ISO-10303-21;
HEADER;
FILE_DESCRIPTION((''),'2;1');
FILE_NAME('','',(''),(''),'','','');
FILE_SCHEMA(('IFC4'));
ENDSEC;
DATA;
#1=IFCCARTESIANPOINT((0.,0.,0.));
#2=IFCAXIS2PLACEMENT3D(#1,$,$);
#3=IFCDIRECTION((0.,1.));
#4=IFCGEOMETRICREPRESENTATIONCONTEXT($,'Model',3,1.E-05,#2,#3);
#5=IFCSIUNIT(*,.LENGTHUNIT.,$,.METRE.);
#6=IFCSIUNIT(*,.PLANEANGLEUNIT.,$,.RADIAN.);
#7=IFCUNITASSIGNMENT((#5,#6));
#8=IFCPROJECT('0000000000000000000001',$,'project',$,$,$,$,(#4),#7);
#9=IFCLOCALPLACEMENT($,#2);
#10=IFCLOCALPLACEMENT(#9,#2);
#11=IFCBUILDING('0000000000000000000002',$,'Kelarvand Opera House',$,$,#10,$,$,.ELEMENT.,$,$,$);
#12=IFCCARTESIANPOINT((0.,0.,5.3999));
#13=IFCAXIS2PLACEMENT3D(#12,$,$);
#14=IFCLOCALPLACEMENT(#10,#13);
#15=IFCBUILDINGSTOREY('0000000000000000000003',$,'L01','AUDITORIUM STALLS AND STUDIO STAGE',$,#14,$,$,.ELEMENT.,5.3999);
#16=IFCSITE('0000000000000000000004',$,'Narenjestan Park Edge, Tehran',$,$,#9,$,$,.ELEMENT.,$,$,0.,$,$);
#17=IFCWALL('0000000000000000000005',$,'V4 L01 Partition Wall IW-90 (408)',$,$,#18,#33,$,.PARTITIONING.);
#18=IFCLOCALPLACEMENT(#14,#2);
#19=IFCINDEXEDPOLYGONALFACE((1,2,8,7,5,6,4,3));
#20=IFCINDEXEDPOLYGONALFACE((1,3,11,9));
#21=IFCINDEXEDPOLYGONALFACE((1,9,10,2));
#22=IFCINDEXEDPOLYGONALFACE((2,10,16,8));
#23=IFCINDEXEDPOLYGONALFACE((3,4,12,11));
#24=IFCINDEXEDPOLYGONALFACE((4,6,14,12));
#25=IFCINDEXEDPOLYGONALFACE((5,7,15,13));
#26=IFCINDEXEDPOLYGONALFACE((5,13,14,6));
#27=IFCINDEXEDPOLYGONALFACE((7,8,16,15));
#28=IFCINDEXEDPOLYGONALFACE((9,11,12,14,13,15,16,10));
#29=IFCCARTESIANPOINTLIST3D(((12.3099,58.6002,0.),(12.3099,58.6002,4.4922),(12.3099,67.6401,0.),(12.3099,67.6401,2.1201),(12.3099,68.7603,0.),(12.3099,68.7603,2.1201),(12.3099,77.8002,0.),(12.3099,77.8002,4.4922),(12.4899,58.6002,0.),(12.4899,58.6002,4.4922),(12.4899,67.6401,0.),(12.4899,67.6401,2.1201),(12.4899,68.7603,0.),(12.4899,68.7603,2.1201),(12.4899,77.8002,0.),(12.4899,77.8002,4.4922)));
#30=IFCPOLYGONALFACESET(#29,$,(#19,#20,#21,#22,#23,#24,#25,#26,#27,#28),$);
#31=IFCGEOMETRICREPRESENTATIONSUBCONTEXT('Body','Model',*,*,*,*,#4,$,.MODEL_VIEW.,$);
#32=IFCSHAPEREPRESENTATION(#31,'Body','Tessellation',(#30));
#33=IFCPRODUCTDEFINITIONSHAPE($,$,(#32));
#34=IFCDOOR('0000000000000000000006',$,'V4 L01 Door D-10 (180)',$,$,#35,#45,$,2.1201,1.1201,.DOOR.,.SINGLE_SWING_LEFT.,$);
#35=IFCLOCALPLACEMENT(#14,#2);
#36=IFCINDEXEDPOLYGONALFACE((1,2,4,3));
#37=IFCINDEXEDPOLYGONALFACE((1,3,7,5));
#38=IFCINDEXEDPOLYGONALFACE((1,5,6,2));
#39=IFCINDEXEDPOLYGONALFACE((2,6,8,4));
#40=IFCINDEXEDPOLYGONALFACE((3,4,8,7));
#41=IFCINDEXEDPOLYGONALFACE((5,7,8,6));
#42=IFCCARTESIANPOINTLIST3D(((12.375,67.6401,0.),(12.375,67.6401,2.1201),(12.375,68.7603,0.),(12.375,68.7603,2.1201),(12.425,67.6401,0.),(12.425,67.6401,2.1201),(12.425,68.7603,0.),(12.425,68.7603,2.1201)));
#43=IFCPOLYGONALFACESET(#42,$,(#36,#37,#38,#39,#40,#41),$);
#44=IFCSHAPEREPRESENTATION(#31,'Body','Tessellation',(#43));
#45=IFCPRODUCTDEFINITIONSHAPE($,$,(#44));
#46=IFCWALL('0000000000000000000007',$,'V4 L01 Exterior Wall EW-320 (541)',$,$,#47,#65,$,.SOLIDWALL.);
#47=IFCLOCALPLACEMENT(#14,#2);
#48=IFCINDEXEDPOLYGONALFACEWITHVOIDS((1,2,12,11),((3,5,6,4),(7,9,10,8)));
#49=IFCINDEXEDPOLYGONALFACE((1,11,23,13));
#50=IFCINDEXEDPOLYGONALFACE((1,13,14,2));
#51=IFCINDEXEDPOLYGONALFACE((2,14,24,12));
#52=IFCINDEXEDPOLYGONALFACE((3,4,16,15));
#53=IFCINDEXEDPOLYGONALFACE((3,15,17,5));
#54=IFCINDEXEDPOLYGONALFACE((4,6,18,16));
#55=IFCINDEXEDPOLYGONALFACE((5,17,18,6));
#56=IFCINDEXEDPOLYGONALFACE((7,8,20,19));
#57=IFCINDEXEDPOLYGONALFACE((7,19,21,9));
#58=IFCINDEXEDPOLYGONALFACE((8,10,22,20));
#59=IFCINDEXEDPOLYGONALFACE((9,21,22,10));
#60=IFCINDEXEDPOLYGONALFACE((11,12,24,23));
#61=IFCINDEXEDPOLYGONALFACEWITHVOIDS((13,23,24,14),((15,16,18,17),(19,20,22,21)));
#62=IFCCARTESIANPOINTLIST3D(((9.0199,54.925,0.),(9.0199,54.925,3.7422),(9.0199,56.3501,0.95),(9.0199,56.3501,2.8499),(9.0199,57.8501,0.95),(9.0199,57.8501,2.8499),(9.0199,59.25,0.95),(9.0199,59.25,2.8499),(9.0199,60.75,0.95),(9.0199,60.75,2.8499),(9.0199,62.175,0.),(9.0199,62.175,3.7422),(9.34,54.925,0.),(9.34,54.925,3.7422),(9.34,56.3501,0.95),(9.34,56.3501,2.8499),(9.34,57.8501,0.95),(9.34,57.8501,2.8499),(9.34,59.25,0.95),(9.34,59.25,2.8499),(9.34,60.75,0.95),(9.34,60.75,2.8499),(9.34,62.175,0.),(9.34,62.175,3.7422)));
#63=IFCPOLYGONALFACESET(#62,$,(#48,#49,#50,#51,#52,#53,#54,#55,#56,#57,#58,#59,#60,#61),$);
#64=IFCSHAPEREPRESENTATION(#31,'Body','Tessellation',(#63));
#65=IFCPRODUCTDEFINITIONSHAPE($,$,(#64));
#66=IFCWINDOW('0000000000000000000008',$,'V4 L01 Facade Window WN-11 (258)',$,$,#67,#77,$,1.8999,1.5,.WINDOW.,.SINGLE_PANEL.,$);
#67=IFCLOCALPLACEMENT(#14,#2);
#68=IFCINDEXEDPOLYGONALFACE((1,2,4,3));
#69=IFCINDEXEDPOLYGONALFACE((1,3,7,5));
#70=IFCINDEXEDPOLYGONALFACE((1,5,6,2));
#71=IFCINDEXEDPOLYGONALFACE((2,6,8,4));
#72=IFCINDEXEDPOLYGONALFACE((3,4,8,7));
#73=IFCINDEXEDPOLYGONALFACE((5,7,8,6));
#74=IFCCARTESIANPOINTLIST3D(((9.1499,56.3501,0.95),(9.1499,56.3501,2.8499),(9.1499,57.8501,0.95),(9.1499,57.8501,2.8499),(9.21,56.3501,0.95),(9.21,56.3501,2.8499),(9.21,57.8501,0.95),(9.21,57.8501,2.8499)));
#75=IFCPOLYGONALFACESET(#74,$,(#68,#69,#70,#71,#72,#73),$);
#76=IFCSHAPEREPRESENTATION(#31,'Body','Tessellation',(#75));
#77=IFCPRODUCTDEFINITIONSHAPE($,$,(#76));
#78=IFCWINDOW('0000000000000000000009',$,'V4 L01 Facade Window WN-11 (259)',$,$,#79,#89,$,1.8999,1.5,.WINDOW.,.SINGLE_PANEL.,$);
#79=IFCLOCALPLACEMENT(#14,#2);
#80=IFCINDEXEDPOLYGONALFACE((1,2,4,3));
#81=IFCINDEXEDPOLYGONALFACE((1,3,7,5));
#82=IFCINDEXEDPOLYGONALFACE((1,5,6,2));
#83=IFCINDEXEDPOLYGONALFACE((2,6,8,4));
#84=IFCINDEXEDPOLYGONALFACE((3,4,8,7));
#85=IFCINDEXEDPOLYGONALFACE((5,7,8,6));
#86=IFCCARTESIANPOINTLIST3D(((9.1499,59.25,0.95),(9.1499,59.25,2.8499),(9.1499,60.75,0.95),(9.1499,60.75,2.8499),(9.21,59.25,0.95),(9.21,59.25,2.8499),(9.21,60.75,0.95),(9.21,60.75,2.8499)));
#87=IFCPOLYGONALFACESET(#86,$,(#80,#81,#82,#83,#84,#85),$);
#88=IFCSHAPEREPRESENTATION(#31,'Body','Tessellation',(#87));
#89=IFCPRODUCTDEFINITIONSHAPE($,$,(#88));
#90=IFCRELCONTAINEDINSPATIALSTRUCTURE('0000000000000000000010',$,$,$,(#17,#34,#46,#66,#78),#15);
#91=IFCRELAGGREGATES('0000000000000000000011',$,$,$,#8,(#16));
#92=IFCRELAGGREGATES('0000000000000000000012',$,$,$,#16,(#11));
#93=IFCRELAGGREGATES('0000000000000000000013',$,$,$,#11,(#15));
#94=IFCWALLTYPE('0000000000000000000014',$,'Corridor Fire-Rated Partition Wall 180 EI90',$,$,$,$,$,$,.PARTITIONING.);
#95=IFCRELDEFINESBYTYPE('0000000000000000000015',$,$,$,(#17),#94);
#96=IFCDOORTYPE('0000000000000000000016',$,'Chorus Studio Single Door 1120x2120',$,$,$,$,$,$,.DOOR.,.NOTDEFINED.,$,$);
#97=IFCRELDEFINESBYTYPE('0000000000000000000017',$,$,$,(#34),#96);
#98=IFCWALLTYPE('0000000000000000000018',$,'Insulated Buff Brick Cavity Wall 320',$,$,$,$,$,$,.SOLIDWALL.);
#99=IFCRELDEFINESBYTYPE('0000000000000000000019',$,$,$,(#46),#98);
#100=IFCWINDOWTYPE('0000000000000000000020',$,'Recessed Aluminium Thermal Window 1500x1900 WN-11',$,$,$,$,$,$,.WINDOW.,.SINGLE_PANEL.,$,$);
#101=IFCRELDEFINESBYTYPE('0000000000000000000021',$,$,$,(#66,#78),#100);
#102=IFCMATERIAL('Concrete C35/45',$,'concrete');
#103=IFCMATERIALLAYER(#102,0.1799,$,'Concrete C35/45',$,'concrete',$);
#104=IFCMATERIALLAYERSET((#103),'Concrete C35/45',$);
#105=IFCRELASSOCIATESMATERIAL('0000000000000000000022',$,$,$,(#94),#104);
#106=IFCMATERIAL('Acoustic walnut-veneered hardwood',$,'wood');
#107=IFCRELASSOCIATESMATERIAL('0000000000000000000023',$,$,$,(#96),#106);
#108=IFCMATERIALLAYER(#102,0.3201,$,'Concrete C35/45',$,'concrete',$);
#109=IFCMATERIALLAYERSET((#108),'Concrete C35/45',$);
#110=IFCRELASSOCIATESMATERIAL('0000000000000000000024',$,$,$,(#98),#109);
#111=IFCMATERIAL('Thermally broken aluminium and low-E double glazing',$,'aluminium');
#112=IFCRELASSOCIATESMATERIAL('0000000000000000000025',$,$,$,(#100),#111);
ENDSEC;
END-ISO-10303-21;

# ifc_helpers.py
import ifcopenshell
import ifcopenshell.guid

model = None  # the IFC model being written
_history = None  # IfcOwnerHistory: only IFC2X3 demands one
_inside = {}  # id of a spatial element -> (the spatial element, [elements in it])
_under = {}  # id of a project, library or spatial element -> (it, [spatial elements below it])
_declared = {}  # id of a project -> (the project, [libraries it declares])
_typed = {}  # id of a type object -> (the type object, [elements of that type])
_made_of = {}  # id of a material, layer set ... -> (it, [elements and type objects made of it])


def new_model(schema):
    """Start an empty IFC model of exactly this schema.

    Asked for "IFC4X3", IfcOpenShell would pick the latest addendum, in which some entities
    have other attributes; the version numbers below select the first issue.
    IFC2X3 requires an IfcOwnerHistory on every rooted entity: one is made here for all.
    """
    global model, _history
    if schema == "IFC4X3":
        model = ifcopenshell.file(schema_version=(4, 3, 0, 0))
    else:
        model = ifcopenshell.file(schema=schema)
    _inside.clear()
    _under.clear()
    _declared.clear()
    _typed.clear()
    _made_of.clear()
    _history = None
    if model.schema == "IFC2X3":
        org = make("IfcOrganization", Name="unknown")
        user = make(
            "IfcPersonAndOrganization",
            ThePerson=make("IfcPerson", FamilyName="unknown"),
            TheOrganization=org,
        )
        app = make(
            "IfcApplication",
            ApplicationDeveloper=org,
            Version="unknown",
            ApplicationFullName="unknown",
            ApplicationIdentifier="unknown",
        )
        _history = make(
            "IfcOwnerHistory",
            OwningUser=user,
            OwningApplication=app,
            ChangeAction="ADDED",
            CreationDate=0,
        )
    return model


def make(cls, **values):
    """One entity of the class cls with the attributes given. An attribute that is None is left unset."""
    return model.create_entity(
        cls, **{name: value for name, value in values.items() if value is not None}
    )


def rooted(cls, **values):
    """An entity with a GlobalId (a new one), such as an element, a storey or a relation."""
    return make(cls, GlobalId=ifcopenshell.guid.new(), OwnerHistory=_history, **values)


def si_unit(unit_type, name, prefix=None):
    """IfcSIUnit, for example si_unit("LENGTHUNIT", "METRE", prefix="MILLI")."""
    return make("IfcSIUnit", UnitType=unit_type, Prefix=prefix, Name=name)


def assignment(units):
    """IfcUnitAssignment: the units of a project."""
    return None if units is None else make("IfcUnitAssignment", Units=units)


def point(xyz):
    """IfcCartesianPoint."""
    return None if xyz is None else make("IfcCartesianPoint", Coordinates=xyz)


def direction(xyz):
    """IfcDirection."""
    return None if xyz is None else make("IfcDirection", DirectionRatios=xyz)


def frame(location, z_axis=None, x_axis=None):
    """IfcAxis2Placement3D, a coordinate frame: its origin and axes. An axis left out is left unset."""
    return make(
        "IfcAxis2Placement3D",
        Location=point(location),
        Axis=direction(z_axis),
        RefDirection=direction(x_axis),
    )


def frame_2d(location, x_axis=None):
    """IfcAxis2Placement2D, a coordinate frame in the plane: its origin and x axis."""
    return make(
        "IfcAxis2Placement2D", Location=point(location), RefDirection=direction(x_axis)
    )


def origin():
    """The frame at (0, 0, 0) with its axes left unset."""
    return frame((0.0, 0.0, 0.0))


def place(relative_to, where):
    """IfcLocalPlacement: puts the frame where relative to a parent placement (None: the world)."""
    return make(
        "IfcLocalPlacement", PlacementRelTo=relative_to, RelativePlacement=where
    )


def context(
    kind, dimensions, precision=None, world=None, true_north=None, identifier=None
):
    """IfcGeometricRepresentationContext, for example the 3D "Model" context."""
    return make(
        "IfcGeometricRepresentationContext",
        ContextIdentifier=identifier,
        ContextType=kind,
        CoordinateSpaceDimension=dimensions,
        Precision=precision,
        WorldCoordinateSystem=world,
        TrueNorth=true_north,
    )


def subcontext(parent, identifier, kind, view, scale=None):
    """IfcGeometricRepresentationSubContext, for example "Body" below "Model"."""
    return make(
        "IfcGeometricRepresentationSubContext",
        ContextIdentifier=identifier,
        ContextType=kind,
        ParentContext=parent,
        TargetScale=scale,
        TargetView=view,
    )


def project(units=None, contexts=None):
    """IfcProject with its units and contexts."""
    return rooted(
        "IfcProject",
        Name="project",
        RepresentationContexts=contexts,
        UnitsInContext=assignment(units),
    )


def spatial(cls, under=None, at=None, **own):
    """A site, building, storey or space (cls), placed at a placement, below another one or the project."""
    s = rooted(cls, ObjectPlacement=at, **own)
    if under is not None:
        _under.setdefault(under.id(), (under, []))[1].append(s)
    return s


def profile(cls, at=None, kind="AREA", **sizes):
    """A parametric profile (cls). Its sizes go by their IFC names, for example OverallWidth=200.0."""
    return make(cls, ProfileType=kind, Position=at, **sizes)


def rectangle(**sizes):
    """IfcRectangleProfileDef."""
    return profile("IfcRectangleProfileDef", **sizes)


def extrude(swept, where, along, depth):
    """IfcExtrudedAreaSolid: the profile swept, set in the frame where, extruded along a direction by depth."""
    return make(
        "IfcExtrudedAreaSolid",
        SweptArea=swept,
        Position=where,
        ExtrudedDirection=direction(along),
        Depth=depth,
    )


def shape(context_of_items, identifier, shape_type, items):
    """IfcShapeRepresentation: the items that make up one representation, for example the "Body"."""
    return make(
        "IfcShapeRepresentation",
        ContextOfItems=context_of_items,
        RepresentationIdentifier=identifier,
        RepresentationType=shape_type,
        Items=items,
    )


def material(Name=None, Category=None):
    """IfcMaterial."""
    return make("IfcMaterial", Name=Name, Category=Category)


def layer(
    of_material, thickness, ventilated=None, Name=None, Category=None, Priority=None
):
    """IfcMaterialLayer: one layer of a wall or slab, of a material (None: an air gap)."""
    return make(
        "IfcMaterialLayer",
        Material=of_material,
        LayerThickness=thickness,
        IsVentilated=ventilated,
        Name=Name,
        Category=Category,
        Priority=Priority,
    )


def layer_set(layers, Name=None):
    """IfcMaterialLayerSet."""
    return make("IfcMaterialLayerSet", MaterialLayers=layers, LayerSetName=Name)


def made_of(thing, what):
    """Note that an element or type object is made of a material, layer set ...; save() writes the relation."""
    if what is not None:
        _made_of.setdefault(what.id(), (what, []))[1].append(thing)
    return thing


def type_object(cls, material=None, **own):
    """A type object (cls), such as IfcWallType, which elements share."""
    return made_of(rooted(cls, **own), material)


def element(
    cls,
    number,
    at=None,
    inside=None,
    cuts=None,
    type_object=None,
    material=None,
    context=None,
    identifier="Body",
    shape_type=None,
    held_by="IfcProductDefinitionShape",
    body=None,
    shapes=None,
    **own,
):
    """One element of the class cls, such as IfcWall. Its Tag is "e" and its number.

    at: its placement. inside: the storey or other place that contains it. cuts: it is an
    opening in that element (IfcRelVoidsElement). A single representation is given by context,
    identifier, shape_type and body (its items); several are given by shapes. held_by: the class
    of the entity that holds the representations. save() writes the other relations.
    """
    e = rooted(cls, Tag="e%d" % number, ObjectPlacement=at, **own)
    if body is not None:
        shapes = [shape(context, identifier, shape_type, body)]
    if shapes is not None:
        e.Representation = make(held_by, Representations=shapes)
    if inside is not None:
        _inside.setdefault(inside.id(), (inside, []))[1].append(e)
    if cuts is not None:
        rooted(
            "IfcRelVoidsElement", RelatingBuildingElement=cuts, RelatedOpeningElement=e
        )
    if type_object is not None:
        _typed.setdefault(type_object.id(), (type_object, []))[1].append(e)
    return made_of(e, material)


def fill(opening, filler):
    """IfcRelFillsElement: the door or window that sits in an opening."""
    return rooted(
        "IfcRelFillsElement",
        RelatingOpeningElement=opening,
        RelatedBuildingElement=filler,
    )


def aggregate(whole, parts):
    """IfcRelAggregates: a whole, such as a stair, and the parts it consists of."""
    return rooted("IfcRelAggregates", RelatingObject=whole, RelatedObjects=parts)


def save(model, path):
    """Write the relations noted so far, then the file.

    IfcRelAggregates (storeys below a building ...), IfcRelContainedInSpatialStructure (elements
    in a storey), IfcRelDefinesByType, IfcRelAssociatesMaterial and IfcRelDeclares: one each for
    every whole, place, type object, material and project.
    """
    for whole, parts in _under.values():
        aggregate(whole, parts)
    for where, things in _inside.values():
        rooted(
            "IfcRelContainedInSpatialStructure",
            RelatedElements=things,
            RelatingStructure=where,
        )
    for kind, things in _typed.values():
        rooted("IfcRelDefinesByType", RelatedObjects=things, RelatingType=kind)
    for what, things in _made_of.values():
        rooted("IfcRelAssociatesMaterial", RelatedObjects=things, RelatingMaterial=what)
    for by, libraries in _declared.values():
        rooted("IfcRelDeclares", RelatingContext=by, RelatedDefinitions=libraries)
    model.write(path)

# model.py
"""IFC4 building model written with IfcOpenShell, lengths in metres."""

from ifc_helpers import new_model, si_unit, direction, frame, frame_2d, origin, place, context, subcontext, project, spatial, rectangle, extrude, material, layer, layer_set, type_object, element, fill, save


model = new_model("IFC4")

# Units and contexts
model_context = context("Model", 3, precision=1e-05, world=origin(), true_north=direction((0.0, 1.0)))
body_context = subcontext(model_context, "Body", "Model", "MODEL_VIEW")
ifc_project = project(units=[si_unit("LENGTHUNIT", "METRE"), si_unit("PLANEANGLEUNIT", "RADIAN")], contexts=[model_context])

# Site, building, storey
site_placement = place(None, origin())
site = spatial("IfcSite", under=ifc_project, at=site_placement, Name="Narenjestan Park Edge, Tehran", CompositionType="ELEMENT", RefElevation=0.0)
building_placement = place(site_placement, origin())
building = spatial("IfcBuilding", under=site, at=building_placement, Name="Kelarvand Opera House", CompositionType="ELEMENT")
storey_placement = place(building_placement, frame((0.0, 0.0, 5.3999)))
storey = spatial("IfcBuildingStorey", under=building, at=storey_placement, Name="L01", Description="AUDITORIUM STALLS AND STUDIO STAGE", CompositionType="ELEMENT", Elevation=5.3999)

# Shared definitions
ifc_material_1 = material(Name="Concrete C35/45", Category="concrete")

# Wall, opening, door
ifc_layer_1 = layer(ifc_material_1, 0.1799, Name="Concrete C35/45", Category="concrete")
ifc_layer_set_1 = layer_set([ifc_layer_1], Name="Concrete C35/45")
wall_type_1 = type_object("IfcWallType", Name="Corridor Fire-Rated Partition Wall 180 EI90", PredefinedType="PARTITIONING", material=ifc_layer_set_1)
wall_1_placement = place(storey_placement, frame((12.3999, 58.6001, 0.0), z_axis=(0.0, 0.0, 1.0), x_axis=(0.0, 1.0, 0.0)))
wall_1 = element("IfcWall", 1, at=wall_1_placement, inside=storey, type_object=wall_type_1, Name="V4 L01 Partition Wall IW-90 (408)", PredefinedType="PARTITIONING", context=body_context, shape_type="SweptSolid", body=[
    extrude(rectangle(XDim=19.2, YDim=0.1799, at=frame_2d((9.6001, 0.0))), origin(), (0.0, 0.0, 1.0), 4.4922),
])
opening_1_placement = place(wall_1_placement, frame((9.04, 0.0, 0.0)))
opening_1 = element("IfcOpeningElement", 2, at=opening_1_placement, cuts=wall_1, PredefinedType="OPENING", context=body_context, shape_type="SweptSolid", body=[
    extrude(rectangle(XDim=1.1201, YDim=2.1201, at=frame_2d((0.5601, 1.0601))), frame((0.0, 0.1001, 0.0), z_axis=(0.0, -1.0, 0.0), x_axis=(1.0, 0.0, 0.0)), (0.0, 0.0, 1.0), 0.2),
])
ifc_material_2 = material(Name="Acoustic walnut-veneered hardwood", Category="wood")
door_type = type_object("IfcDoorType", Name="Chorus Studio Single Door 1120x2120", OperationType="NOTDEFINED", PredefinedType="DOOR", material=ifc_material_2)
door_placement = place(opening_1_placement, origin())
door = element("IfcDoor", 3, at=door_placement, inside=storey, type_object=door_type, Name="V4 L01 Door D-10 (180)", OperationType="SINGLE_SWING_LEFT", OverallHeight=2.1201, OverallWidth=1.1201, PredefinedType="DOOR", context=body_context, shape_type="SweptSolid", body=[
    extrude(rectangle(XDim=1.1201, YDim=2.1201, at=frame_2d((0.5601, 1.0601))), frame((0.0, 0.0249, 0.0), z_axis=(0.0, -1.0, 0.0), x_axis=(1.0, 0.0, 0.0)), (0.0, 0.0, 1.0), 0.05),
])
fill(opening_1, door)

# Wall, openings, windows
ifc_layer_2 = layer(ifc_material_1, 0.3201, Name="Concrete C35/45", Category="concrete")
ifc_layer_set_2 = layer_set([ifc_layer_2], Name="Concrete C35/45")
wall_type_2 = type_object("IfcWallType", Name="Insulated Buff Brick Cavity Wall 320", PredefinedType="SOLIDWALL", material=ifc_layer_set_2)
wall_2_placement = place(storey_placement, frame((9.1799, 54.925, 0.0), z_axis=(0.0, 0.0, 1.0), x_axis=(0.0, 1.0, 0.0)))
wall_2 = element("IfcWall", 4, at=wall_2_placement, inside=storey, type_object=wall_type_2, Name="V4 L01 Exterior Wall EW-320 (541)", PredefinedType="SOLIDWALL", context=body_context, shape_type="SweptSolid", body=[
    extrude(rectangle(XDim=7.25, YDim=0.3201, at=frame_2d((3.625, 0.0))), origin(), (0.0, 0.0, 1.0), 3.7422),
])
opening_2_placement = place(wall_2_placement, frame((1.425, 0.0, 0.95)))
opening_2 = element("IfcOpeningElement", 5, at=opening_2_placement, cuts=wall_2, PredefinedType="OPENING", context=body_context, shape_type="SweptSolid", body=[
    extrude(rectangle(XDim=1.5, YDim=1.8999, at=frame_2d((0.75, 0.95))), frame((0.0, 0.1699, 0.0), z_axis=(0.0, -1.0, 0.0), x_axis=(1.0, 0.0, 0.0)), (0.0, 0.0, 1.0), 0.3401),
])
opening_3_placement = place(wall_2_placement, frame((4.325, 0.0, 0.95)))
opening_3 = element("IfcOpeningElement", 6, at=opening_3_placement, cuts=wall_2, PredefinedType="OPENING", context=body_context, shape_type="SweptSolid", body=[
    extrude(rectangle(XDim=1.5, YDim=1.8999, at=frame_2d((0.75, 0.95))), frame((0.0, 0.1699, 0.0), z_axis=(0.0, -1.0, 0.0), x_axis=(1.0, 0.0, 0.0)), (0.0, 0.0, 1.0), 0.3401),
])
ifc_material_3 = material(Name="Thermally broken aluminium and low-E double glazing", Category="aluminium")
window_type = type_object("IfcWindowType", Name="Recessed Aluminium Thermal Window 1500x1900 WN-11", PartitioningType="SINGLE_PANEL", PredefinedType="WINDOW", material=ifc_material_3)
window_1_placement = place(opening_2_placement, origin())
window_1 = element("IfcWindow", 7, at=window_1_placement, inside=storey, type_object=window_type, Name="V4 L01 Facade Window WN-11 (258)", OverallHeight=1.8999, OverallWidth=1.5, PartitioningType="SINGLE_PANEL", PredefinedType="WINDOW", context=body_context, shape_type="SweptSolid", body=[
    extrude(rectangle(XDim=1.5, YDim=1.8999, at=frame_2d((0.75, 0.95))), frame((0.0, 0.03, 0.0), z_axis=(0.0, -1.0, 0.0), x_axis=(1.0, 0.0, 0.0)), (0.0, 0.0, 1.0), 0.0601),
])
fill(opening_2, window_1)
window_2_placement = place(opening_3_placement, origin())
window_2 = element("IfcWindow", 8, at=window_2_placement, inside=storey, type_object=window_type, Name="V4 L01 Facade Window WN-11 (259)", OverallHeight=1.8999, OverallWidth=1.5, PartitioningType="SINGLE_PANEL", PredefinedType="WINDOW", context=body_context, shape_type="SweptSolid", body=[
    extrude(rectangle(XDim=1.5, YDim=1.8999, at=frame_2d((0.75, 0.95))), frame((0.0, 0.03, 0.0), z_axis=(0.0, -1.0, 0.0), x_axis=(1.0, 0.0, 0.0)), (0.0, 0.0, 1.0), 0.0601),
])
fill(opening_3, window_2)

save(model, "model.ifc")
